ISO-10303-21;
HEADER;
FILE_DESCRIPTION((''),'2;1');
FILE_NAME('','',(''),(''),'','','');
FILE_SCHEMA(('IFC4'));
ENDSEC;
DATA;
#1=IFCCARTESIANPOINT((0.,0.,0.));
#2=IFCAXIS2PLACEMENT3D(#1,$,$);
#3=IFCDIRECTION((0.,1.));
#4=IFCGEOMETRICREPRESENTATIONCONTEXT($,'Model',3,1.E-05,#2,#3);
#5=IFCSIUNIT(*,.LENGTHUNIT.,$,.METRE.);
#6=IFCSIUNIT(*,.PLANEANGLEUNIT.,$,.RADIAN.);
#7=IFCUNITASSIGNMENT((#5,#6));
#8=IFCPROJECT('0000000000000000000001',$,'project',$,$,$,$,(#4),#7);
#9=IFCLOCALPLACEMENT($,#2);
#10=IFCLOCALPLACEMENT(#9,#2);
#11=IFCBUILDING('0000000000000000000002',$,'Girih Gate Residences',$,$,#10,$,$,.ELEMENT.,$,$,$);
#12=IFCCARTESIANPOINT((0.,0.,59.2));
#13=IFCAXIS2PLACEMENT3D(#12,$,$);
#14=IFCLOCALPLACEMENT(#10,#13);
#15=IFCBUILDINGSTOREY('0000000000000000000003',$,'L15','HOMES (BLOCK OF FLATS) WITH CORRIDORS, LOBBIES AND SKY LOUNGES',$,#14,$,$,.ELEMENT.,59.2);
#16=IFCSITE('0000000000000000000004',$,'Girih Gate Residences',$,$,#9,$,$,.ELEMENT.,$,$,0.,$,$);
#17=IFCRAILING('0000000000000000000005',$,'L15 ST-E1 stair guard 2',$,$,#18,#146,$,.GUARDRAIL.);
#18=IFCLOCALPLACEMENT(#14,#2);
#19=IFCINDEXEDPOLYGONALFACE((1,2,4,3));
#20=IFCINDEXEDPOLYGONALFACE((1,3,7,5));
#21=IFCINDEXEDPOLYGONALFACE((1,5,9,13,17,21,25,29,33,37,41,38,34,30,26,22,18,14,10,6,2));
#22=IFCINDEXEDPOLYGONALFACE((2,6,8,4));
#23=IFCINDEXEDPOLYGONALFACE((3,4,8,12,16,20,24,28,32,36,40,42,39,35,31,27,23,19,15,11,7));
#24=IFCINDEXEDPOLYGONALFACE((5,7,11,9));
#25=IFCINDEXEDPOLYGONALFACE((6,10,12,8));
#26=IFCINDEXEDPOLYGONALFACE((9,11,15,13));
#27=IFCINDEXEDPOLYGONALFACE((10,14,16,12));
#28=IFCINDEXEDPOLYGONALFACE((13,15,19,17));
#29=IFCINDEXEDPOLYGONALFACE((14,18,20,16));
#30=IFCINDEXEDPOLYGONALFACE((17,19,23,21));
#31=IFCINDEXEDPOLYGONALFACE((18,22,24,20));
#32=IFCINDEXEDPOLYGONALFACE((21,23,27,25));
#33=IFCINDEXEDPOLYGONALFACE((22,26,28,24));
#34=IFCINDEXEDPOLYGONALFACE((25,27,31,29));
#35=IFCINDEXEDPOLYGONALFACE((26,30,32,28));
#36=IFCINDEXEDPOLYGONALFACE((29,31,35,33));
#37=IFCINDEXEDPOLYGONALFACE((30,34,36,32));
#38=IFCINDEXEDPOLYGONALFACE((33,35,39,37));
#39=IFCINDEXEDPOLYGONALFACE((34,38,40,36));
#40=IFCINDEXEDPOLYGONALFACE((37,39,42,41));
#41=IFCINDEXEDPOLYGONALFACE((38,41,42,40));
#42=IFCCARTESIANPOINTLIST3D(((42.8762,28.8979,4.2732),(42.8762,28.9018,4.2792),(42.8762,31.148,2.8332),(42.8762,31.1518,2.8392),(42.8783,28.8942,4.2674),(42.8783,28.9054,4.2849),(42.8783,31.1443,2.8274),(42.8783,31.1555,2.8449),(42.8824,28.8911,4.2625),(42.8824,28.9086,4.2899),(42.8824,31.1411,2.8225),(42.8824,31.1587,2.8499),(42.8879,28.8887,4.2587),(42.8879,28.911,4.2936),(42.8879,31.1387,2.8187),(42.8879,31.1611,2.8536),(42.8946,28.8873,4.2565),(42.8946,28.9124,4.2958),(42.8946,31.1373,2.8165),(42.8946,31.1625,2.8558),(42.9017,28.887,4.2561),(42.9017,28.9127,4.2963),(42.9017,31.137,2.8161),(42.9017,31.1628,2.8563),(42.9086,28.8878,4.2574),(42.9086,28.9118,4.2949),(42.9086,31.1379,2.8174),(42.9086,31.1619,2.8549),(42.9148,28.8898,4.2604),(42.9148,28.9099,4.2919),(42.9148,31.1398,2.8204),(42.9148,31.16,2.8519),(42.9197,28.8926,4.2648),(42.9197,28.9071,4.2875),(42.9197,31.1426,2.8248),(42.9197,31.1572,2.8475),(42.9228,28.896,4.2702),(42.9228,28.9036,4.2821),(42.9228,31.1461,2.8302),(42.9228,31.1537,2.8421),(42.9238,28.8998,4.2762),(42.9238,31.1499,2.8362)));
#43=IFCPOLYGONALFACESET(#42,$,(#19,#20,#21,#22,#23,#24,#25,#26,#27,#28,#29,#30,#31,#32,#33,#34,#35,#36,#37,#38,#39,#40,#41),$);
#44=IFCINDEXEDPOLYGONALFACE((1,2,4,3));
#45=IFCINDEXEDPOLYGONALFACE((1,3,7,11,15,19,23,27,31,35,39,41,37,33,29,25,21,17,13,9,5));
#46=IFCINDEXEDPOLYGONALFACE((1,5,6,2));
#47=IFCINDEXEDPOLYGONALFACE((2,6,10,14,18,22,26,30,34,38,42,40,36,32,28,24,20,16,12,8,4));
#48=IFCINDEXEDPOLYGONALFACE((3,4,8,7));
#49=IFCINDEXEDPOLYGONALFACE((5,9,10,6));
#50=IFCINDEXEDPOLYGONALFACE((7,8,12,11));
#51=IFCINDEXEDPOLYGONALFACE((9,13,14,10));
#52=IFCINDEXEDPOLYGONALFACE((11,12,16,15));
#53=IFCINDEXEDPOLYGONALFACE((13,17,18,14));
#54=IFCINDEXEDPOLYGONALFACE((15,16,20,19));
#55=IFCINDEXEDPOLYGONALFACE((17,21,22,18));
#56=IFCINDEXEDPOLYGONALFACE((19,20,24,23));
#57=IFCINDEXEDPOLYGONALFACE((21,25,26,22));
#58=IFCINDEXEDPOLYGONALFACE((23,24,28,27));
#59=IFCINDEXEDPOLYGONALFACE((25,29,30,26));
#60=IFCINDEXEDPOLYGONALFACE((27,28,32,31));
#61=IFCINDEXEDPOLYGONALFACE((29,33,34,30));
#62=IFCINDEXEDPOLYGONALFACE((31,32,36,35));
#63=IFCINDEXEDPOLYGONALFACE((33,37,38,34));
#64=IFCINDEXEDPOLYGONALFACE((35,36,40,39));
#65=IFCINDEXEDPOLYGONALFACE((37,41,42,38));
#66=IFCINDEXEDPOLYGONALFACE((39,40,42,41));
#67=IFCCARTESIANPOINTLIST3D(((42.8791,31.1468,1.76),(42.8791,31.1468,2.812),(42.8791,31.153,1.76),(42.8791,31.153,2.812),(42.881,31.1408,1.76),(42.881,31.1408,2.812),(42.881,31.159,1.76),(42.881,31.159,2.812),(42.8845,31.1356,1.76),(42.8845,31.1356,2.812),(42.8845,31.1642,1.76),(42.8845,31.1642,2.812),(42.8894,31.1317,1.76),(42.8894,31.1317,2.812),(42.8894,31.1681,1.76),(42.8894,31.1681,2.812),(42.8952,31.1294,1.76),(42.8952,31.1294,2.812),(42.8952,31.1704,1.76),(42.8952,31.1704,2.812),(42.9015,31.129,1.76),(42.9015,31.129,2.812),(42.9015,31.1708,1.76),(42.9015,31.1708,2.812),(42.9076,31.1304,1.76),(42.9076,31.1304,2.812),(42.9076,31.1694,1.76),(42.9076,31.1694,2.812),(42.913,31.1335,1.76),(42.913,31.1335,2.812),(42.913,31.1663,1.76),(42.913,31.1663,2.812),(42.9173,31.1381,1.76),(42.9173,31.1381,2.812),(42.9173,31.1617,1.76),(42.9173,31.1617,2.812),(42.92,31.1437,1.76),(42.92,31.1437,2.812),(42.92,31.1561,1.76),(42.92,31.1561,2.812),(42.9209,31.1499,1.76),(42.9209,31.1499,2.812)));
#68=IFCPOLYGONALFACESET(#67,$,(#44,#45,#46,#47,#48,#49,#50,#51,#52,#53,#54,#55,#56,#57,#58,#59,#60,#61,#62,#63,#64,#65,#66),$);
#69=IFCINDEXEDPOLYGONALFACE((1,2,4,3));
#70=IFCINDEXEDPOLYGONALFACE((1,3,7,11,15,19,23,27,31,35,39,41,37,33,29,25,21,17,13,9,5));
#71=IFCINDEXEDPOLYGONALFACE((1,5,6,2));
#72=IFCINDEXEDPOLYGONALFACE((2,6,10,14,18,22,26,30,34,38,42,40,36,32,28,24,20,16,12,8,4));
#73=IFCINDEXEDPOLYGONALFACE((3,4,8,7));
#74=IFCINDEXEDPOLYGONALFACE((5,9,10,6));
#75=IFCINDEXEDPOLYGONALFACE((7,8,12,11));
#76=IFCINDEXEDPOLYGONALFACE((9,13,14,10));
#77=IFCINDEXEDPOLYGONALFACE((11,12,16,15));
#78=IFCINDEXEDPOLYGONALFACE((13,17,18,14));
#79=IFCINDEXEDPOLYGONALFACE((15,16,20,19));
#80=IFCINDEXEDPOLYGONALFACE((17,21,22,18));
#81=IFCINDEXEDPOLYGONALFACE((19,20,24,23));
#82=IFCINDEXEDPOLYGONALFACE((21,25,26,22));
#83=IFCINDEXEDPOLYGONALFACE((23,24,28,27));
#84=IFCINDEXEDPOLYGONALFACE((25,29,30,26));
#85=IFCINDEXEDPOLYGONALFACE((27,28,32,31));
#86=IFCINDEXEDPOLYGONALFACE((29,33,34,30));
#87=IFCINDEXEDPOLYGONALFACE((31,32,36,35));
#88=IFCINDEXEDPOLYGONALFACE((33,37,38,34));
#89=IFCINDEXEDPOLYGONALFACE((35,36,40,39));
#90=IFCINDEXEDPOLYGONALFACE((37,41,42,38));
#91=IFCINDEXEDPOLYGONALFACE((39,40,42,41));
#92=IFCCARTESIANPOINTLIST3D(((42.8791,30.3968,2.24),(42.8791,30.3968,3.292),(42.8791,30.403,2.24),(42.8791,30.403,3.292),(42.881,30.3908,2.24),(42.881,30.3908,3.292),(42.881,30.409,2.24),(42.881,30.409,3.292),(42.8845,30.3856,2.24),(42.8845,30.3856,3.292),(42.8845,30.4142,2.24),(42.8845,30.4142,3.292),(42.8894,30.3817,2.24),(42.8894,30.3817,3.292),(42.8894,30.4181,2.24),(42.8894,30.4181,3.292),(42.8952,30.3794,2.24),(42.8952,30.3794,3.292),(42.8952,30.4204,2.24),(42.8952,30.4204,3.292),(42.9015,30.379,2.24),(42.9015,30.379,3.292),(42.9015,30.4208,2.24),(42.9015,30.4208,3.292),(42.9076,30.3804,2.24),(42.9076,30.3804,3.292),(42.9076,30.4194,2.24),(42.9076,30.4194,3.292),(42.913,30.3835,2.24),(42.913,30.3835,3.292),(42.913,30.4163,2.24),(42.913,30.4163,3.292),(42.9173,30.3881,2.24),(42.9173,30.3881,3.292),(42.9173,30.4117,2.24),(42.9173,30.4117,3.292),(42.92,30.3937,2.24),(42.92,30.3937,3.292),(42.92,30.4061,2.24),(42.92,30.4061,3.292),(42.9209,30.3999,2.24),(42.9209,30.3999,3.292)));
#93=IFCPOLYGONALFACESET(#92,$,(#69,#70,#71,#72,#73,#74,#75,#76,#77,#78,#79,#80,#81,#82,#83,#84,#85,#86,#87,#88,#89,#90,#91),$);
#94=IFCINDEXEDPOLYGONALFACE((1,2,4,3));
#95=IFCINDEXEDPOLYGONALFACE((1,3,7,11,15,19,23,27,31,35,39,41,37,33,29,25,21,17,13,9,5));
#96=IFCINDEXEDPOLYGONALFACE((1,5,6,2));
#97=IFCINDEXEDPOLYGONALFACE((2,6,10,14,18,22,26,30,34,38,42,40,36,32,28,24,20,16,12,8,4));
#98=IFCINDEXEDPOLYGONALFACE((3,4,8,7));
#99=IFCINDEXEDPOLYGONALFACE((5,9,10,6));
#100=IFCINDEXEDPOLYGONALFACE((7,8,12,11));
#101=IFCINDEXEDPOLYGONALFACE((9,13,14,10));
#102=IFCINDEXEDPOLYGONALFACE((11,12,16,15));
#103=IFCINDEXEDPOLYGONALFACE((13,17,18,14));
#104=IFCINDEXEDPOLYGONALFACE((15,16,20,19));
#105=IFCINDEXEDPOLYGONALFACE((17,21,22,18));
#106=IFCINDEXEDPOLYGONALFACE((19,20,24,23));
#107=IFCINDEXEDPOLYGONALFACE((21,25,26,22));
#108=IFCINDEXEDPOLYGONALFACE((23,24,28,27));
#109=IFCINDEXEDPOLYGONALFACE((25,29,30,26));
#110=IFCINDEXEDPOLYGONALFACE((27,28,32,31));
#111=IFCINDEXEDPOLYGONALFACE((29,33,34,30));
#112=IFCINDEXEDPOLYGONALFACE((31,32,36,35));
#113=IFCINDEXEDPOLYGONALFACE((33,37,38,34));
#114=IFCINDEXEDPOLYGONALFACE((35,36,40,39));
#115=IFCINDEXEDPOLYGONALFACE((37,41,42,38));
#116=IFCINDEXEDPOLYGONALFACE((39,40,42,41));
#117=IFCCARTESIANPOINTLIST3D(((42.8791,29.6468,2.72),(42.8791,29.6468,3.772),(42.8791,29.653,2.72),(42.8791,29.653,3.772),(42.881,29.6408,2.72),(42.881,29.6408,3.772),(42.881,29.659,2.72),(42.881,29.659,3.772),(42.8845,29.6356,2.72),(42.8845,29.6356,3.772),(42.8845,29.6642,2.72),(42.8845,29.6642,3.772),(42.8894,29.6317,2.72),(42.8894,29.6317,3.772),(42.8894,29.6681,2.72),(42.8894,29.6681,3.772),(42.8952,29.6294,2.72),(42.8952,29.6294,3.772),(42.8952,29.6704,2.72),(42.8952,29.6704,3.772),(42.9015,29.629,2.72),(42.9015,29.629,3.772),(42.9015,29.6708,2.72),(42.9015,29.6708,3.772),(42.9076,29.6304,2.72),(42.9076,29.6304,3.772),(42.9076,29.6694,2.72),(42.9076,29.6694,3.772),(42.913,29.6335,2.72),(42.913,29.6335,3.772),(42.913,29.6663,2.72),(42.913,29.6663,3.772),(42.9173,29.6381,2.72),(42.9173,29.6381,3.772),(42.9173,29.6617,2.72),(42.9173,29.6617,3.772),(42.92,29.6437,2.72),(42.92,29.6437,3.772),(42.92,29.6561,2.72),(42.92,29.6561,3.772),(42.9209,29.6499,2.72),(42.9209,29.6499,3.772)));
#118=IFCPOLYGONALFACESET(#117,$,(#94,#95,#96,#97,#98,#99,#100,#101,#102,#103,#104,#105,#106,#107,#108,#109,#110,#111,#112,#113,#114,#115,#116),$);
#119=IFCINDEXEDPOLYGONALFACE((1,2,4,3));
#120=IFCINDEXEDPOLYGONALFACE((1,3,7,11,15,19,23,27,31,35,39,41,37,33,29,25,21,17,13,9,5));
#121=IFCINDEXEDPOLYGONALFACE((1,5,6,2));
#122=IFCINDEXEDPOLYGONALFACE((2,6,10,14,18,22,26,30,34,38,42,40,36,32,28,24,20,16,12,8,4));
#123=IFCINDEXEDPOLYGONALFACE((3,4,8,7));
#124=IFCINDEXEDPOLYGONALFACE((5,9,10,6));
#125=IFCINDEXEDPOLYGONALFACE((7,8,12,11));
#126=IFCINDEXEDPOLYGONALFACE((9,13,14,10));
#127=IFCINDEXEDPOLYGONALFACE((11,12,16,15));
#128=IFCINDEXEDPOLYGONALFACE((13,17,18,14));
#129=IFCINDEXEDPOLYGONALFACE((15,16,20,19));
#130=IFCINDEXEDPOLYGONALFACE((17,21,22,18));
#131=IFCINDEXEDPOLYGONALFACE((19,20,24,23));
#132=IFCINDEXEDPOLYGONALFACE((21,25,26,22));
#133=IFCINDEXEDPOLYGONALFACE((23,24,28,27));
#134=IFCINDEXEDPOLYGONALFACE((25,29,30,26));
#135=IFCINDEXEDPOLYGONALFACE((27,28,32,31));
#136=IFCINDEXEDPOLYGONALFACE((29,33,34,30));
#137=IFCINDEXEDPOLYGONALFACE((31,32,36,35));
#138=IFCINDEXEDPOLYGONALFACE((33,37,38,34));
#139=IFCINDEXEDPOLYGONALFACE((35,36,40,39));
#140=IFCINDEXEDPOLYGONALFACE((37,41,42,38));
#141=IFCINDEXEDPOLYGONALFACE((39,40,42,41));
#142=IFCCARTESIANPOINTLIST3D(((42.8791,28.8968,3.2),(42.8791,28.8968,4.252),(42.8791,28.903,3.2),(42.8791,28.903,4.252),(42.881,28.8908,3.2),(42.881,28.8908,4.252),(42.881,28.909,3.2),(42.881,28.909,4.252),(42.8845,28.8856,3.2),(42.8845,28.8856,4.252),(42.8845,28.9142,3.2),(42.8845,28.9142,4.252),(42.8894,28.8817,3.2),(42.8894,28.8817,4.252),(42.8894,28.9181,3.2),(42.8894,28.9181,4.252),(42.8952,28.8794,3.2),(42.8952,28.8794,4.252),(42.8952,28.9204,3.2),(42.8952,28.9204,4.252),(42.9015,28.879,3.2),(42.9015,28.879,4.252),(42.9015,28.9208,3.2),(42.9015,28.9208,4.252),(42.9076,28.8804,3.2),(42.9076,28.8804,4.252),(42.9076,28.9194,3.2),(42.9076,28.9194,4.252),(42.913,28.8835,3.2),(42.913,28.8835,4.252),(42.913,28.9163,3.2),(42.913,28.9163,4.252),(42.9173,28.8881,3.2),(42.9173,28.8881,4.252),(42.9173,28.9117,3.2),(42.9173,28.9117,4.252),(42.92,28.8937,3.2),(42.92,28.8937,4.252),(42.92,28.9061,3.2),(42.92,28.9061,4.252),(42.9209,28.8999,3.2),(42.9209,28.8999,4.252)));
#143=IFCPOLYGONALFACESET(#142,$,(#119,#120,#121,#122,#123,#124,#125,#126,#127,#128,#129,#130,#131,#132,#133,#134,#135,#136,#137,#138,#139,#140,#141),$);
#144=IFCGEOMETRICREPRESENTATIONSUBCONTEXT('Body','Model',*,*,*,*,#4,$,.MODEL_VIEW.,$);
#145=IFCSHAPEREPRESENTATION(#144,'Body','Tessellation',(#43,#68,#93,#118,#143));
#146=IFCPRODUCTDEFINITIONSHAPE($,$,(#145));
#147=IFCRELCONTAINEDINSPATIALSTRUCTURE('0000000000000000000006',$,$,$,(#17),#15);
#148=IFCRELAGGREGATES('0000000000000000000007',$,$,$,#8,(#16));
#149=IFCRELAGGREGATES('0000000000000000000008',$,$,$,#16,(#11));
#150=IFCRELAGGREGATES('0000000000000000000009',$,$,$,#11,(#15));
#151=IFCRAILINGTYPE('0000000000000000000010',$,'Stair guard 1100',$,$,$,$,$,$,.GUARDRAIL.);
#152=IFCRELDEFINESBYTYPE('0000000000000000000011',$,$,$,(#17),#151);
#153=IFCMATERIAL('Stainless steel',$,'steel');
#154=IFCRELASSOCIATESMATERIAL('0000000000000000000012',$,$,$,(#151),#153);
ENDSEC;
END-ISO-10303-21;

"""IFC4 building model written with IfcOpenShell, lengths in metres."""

from ifc_helpers import new_model, si_unit, direction, frame, origin, origin_2d, place, context, subcontext, project, spatial, circle, extrude, material, type_object, element, save


model = new_model("IFC4")

# Units and contexts
model_context = context("Model", 3, precision=1e-05, world=origin(), true_north=direction((0.0, 1.0)))
body_context = subcontext(model_context, "Body", "Model", "MODEL_VIEW")
ifc_project = project(units=[si_unit("LENGTHUNIT", "METRE"), si_unit("PLANEANGLEUNIT", "RADIAN")], contexts=[model_context])

# Site, building, storey
site_placement = place(None, origin())
site = spatial("IfcSite", under=ifc_project, at=site_placement, Name="Girih Gate Residences", CompositionType="ELEMENT", RefElevation=0.0)
building_placement = place(site_placement, origin())
building = spatial("IfcBuilding", under=site, at=building_placement, Name="Girih Gate Residences", CompositionType="ELEMENT")
storey_placement = place(building_placement, frame((0.0, 0.0, 59.2)))
storey = spatial("IfcBuildingStorey", under=building, at=storey_placement, Name="L15", Description="HOMES (BLOCK OF FLATS) WITH CORRIDORS, LOBBIES AND SKY LOUNGES", CompositionType="ELEMENT", Elevation=59.2)

# Railing
ifc_material_1 = material(Name="Stainless steel", Category="steel")
railing_type_1 = type_object("IfcRailingType", Name="Stair guard 1100", PredefinedType="GUARDRAIL", material=ifc_material_1)
railing_1_placement = place(storey_placement, frame((42.8999, 31.1499, 1.76)))
element("IfcRailing", 1, at=railing_1_placement, inside=storey, type_object=railing_type_1, Name="L15 ST-E1 stair guard 2", PredefinedType="GUARDRAIL", context=body_context, shape_type="SweptSolid", body=[
    extrude(circle(Radius=0.0239, at=origin_2d()), frame((0.0, 0.0, 1.0762), z_axis=(0.0, -0.842281, 0.539038), x_axis=(1.0, 0.0, 0.0)), (0.0, 0.0, 1.0), 2.6714),
    extrude(circle(Radius=0.021, at=origin_2d()), origin(), (0.0, 0.0, 1.0), 1.052),
    extrude(circle(Radius=0.021, at=origin_2d()), frame((0.0, -0.75, 0.48)), (0.0, 0.0, 1.0), 1.052),
    extrude(circle(Radius=0.021, at=origin_2d()), frame((0.0, -1.5, 0.96)), (0.0, 0.0, 1.0), 1.052),
    extrude(circle(Radius=0.021, at=origin_2d()), frame((0.0, -2.25, 1.4399)), (0.0, 0.0, 1.0), 1.052),
])

save(model, "model.ifc")
